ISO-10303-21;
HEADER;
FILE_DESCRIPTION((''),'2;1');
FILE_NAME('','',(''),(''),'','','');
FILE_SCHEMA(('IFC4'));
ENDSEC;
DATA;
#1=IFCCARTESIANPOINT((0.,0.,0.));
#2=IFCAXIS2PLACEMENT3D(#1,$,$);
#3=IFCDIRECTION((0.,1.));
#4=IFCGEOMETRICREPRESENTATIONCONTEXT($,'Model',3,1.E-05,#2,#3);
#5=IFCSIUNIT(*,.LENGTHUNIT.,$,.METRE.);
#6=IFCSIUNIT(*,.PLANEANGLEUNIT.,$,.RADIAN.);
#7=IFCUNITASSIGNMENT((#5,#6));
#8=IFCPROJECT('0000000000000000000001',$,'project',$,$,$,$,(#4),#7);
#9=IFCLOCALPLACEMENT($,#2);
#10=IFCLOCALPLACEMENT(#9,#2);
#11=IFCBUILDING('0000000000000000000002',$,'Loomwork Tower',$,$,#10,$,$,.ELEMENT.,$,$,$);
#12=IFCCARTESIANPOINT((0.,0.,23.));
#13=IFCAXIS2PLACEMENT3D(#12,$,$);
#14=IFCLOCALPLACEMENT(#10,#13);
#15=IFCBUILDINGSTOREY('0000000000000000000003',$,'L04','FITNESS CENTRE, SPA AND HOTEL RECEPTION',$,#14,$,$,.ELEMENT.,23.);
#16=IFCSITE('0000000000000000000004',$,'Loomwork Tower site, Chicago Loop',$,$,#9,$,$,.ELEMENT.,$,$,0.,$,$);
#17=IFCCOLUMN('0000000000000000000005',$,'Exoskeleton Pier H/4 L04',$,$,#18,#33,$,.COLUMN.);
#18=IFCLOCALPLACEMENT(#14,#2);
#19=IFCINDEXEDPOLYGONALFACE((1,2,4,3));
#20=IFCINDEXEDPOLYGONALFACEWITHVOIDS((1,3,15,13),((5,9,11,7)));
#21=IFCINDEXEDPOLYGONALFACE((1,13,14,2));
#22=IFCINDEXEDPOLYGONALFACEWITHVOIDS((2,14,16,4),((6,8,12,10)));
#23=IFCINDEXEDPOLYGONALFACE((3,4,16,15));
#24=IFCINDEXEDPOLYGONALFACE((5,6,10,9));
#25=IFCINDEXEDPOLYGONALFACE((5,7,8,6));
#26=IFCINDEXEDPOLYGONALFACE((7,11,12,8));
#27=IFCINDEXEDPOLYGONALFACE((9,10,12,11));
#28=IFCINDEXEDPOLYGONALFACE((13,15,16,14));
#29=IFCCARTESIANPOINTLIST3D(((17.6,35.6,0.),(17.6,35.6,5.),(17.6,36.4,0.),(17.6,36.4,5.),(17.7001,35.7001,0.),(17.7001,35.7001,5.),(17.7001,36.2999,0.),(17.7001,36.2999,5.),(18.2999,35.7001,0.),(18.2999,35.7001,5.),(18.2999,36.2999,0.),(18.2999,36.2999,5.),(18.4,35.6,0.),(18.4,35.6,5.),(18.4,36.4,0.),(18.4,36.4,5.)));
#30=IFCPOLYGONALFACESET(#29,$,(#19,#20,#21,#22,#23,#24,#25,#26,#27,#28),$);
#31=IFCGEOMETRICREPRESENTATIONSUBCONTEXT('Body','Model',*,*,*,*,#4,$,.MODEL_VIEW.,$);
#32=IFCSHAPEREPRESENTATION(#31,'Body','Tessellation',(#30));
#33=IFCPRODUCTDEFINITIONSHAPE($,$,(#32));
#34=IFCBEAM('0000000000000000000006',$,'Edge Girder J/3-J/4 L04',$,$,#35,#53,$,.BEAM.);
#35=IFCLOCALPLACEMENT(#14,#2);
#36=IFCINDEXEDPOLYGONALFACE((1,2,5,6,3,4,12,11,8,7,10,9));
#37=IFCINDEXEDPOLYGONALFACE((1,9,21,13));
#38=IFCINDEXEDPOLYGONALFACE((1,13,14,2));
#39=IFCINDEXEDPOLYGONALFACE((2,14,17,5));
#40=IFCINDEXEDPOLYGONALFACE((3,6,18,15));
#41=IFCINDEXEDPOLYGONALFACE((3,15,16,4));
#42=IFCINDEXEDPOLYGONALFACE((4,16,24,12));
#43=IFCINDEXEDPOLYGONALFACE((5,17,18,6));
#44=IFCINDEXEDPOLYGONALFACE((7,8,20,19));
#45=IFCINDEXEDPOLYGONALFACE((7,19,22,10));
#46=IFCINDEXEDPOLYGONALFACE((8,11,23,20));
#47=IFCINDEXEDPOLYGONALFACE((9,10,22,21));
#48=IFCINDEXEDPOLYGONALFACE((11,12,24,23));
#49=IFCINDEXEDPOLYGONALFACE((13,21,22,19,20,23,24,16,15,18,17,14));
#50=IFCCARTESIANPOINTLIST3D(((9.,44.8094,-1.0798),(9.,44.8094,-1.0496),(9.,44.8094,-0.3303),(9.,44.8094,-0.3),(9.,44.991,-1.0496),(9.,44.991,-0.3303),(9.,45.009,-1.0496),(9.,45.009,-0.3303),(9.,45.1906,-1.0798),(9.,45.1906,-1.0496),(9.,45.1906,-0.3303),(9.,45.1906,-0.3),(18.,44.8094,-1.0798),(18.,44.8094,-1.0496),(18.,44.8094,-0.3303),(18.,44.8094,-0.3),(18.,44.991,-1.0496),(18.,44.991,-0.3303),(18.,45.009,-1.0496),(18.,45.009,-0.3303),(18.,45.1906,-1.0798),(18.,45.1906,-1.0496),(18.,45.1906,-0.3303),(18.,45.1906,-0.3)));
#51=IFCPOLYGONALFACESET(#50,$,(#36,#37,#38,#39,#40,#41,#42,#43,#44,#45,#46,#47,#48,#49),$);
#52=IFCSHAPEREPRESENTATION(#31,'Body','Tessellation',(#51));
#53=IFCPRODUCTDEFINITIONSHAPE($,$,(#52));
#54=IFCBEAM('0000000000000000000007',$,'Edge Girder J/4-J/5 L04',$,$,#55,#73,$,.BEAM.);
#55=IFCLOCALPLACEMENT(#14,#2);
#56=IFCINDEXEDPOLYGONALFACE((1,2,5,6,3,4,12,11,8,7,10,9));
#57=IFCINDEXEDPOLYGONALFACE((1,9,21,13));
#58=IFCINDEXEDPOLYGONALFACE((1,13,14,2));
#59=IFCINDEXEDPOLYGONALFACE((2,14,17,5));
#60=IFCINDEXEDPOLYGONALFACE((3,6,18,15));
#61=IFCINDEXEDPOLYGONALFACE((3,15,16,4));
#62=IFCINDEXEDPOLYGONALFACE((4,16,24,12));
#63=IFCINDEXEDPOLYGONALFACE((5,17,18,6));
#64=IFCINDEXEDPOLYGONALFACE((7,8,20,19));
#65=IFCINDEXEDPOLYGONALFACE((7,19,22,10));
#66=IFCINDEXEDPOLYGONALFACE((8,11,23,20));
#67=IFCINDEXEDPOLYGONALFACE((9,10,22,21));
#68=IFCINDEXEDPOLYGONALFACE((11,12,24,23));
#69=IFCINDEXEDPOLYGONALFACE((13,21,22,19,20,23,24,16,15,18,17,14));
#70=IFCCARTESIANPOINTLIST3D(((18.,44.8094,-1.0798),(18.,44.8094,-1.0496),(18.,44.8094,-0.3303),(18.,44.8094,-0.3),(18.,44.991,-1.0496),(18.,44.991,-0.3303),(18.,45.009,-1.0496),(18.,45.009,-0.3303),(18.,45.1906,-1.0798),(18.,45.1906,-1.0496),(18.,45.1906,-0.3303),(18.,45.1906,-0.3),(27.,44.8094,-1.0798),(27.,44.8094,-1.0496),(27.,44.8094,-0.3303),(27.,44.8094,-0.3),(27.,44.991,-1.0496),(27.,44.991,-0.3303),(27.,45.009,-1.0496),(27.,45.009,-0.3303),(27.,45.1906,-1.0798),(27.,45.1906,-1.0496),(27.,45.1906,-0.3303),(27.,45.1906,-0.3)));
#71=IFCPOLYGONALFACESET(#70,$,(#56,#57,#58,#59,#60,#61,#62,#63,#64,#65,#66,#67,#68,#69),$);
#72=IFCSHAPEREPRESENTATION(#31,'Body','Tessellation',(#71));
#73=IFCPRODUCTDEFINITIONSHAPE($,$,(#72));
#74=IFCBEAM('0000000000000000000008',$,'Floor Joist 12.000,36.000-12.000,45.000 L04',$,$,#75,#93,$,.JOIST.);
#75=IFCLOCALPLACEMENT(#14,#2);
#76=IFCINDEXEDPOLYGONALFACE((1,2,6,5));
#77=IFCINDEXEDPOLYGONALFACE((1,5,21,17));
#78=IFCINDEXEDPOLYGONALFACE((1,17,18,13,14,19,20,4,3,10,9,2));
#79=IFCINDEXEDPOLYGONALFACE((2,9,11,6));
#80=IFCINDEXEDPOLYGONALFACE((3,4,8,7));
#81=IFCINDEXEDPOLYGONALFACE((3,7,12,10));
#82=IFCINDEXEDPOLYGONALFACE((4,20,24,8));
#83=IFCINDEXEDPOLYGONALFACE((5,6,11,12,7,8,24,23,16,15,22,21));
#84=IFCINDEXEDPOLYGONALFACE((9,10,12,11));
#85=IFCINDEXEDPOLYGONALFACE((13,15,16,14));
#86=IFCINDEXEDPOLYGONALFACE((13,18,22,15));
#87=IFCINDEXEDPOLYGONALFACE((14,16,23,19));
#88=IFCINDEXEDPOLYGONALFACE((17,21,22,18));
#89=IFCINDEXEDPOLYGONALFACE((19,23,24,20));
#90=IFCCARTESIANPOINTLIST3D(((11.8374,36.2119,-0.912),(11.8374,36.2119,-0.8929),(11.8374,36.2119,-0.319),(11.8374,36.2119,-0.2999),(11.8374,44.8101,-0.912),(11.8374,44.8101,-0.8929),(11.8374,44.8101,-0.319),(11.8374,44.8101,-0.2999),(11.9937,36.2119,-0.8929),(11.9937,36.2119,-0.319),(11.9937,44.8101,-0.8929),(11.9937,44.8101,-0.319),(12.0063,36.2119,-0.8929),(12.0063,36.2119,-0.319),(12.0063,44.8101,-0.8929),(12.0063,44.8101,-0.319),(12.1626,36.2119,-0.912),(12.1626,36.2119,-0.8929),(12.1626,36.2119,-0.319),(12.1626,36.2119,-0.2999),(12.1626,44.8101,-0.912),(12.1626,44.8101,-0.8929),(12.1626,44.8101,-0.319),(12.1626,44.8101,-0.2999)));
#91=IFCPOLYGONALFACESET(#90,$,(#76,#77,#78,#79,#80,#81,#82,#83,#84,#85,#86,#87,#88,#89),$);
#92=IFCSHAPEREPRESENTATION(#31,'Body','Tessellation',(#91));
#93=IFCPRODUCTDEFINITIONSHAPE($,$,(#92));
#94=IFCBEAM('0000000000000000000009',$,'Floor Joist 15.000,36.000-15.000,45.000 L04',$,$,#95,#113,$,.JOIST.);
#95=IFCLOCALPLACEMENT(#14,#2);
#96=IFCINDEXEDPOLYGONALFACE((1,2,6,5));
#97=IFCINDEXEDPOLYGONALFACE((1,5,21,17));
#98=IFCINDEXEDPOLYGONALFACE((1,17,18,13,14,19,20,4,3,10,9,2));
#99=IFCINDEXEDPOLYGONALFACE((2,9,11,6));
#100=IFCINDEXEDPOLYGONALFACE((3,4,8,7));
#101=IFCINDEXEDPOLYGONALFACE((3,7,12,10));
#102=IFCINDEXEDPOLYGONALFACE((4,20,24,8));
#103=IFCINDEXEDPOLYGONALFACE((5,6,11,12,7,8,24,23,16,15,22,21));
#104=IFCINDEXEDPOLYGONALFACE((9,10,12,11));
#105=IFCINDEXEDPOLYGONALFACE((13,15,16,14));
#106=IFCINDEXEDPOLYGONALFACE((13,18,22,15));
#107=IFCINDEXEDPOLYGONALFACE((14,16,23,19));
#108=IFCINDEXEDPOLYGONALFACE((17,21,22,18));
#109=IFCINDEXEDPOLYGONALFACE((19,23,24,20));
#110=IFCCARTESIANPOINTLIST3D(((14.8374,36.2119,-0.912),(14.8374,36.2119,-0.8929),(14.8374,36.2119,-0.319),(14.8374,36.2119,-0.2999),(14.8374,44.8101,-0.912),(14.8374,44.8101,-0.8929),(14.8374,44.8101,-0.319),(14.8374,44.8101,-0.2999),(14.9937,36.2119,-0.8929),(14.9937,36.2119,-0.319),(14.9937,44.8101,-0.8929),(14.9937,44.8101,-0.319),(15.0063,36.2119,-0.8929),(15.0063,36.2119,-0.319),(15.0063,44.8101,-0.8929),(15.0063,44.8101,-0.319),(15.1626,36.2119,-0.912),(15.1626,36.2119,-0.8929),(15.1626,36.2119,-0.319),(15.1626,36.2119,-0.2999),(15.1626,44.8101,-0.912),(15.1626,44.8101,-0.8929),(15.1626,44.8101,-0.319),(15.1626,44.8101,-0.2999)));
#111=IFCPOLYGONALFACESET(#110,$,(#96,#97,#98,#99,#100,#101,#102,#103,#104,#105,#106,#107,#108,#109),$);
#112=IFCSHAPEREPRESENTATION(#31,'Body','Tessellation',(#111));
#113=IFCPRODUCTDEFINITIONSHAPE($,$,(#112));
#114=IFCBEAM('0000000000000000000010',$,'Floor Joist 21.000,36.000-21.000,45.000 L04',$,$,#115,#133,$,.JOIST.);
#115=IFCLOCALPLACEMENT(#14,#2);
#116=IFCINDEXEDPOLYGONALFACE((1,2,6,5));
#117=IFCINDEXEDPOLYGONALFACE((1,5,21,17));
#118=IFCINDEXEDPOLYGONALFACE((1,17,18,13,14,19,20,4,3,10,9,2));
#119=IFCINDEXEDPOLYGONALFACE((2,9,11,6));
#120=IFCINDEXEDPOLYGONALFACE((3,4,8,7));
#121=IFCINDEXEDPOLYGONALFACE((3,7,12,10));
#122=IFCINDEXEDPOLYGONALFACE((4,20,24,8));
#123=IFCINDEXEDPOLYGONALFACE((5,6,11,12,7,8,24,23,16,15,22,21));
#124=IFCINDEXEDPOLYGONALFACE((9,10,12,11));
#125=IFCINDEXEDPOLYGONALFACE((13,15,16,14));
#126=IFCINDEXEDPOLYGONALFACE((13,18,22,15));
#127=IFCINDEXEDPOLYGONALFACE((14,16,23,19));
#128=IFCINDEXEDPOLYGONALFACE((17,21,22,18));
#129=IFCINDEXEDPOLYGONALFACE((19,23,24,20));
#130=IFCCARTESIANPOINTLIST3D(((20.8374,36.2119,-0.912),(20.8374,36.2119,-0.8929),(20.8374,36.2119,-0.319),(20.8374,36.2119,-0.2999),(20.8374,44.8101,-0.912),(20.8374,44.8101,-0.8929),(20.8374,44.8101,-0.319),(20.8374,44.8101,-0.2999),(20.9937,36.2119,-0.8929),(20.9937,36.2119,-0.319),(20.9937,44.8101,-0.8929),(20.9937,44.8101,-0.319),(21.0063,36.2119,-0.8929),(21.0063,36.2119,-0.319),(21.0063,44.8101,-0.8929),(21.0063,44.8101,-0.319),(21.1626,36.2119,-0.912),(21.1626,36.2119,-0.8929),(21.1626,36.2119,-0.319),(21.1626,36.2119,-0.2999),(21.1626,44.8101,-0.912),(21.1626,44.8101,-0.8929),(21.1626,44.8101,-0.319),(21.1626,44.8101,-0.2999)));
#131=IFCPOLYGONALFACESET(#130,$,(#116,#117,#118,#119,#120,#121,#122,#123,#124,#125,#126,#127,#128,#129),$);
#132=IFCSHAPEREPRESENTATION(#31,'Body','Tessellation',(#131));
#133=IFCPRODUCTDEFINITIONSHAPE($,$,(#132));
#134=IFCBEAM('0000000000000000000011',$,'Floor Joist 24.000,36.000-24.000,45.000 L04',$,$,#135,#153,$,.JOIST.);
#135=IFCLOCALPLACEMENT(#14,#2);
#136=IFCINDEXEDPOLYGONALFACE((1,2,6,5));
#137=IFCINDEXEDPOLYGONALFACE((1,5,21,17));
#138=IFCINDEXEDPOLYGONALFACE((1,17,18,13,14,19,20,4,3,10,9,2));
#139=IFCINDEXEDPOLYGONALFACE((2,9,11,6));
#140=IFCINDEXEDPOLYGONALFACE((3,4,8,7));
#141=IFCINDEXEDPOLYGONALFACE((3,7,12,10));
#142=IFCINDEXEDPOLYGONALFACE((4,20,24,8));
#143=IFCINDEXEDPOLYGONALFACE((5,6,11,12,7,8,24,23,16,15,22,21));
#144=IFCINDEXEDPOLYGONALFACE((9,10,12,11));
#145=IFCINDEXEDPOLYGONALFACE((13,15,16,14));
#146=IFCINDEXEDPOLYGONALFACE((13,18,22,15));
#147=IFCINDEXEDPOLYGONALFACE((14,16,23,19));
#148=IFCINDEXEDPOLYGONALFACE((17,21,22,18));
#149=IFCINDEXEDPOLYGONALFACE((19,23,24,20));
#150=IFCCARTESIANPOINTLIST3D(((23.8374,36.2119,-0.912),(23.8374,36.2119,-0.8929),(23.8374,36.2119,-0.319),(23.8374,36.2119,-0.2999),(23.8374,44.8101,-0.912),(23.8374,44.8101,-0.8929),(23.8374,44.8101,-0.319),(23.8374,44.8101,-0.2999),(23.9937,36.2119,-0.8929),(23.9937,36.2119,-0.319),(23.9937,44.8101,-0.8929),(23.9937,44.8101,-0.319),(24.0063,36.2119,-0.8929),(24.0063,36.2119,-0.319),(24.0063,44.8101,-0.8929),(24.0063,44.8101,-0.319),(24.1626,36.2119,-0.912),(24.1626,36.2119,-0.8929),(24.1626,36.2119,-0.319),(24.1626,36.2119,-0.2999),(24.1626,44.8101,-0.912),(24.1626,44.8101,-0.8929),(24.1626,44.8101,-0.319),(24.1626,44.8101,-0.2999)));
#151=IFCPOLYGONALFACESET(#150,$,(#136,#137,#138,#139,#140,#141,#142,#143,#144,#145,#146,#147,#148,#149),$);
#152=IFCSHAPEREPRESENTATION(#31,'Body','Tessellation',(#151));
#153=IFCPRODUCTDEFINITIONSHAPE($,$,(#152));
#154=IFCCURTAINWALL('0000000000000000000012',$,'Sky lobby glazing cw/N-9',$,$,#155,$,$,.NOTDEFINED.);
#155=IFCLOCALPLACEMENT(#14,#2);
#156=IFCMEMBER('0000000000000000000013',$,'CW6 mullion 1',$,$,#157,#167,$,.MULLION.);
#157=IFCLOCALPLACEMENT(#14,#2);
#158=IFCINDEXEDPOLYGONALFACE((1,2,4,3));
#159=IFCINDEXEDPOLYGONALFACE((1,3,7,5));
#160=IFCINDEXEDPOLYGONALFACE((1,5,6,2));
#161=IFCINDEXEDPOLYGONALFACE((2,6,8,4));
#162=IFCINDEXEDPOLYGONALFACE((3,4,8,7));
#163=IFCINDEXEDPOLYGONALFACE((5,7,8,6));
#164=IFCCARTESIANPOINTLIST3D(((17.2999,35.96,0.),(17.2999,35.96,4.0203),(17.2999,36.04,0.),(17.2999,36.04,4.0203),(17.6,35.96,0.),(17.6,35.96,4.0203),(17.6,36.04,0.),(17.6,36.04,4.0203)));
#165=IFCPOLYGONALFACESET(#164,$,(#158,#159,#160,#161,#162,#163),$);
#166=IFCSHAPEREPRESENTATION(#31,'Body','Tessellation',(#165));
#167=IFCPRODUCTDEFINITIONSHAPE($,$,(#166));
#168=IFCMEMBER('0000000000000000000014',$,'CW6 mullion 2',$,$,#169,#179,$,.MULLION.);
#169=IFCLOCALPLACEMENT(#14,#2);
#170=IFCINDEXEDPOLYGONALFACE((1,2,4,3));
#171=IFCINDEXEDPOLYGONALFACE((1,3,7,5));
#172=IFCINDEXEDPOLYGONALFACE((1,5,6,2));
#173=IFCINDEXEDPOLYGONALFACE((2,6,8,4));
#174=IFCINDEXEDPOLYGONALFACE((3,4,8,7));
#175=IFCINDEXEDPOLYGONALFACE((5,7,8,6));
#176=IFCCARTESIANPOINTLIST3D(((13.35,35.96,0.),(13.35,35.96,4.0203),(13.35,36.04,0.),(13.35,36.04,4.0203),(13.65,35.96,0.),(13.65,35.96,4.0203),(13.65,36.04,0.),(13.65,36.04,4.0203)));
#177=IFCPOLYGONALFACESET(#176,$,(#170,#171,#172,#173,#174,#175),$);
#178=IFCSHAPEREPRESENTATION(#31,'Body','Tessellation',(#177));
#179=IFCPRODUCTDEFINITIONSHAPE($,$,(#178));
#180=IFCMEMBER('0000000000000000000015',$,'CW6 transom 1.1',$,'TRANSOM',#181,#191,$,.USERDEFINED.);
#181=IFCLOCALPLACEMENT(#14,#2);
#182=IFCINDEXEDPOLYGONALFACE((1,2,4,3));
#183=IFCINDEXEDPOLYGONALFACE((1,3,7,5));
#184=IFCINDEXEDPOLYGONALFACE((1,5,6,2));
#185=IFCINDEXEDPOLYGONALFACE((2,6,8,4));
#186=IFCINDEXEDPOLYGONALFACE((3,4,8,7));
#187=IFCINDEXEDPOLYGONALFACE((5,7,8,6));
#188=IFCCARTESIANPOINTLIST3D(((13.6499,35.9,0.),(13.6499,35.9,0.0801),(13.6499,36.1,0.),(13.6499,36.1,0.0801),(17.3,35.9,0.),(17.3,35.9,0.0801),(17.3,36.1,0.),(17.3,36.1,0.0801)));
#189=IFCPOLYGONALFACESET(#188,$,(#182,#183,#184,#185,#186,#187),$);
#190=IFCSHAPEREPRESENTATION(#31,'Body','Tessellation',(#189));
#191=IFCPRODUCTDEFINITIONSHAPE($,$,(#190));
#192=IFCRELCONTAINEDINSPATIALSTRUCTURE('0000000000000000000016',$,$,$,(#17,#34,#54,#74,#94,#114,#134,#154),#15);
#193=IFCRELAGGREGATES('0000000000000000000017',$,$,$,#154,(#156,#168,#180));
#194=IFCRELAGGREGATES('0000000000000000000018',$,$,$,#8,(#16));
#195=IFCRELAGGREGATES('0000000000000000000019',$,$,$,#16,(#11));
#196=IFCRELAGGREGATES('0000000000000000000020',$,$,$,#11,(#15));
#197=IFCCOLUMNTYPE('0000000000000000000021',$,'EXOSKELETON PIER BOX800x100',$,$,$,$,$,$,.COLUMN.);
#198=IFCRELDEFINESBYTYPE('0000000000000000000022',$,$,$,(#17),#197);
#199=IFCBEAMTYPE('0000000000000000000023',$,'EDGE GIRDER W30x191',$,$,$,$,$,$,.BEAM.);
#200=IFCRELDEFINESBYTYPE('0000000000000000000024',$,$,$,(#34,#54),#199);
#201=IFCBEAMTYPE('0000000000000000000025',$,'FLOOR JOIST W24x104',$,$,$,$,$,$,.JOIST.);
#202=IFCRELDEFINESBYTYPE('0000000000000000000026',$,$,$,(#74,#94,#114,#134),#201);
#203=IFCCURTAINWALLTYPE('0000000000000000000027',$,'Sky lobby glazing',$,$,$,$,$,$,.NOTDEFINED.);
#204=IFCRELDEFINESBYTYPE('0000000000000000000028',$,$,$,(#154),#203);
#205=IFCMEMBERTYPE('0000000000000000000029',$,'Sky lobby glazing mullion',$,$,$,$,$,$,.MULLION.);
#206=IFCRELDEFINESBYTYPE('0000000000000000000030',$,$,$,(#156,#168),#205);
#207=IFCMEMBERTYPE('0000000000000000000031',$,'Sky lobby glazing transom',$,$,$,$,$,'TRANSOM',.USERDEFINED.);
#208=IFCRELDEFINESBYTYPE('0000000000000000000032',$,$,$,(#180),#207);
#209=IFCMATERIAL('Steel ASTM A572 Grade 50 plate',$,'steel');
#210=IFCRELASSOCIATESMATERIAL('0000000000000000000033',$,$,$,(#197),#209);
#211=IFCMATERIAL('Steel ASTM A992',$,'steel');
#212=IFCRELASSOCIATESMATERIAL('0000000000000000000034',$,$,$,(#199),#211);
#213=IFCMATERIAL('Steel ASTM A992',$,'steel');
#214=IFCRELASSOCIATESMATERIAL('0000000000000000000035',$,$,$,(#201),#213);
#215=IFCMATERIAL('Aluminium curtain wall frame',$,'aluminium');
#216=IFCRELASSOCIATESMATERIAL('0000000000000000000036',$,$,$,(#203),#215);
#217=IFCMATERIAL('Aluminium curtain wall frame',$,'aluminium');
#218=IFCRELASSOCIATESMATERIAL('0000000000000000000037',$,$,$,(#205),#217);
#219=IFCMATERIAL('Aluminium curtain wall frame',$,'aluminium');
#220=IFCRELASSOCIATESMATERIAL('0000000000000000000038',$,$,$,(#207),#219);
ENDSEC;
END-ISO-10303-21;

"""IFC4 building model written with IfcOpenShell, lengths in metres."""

from ifc_helpers import new_model, si_unit, direction, frame, origin, origin_2d, place, context, subcontext, project, spatial, rectangle, hollow_rectangle, i_section, extrude, material, material_profile, profile_set, type_object, element, aggregate, save


model = new_model("IFC4")

# Units and contexts
model_context = context("Model", 3, precision=1e-05, world=origin(), true_north=direction((0.0, 1.0)))
body_context = subcontext(model_context, "Body", "Model", "MODEL_VIEW")
ifc_project = project(units=[si_unit("LENGTHUNIT", "METRE"), si_unit("PLANEANGLEUNIT", "RADIAN")], contexts=[model_context])

# Site, building, storey
site_placement = place(None, origin())
site = spatial("IfcSite", under=ifc_project, at=site_placement, Name="Loomwork Tower site, Chicago Loop", CompositionType="ELEMENT", RefElevation=0.0)
building_placement = place(site_placement, origin())
building = spatial("IfcBuilding", under=site, at=building_placement, Name="Loomwork Tower", CompositionType="ELEMENT")
storey_placement = place(building_placement, frame((0.0, 0.0, 23.0)))
storey = spatial("IfcBuildingStorey", under=building, at=storey_placement, Name="L04", Description="FITNESS CENTRE, SPA AND HOTEL RECEPTION", CompositionType="ELEMENT", Elevation=23.0)

# Column
ifc_material_1 = material(Name="Steel ASTM A572 Grade 50 plate", Category="steel")
ifc_material_profile_1 = material_profile(ifc_material_1, hollow_rectangle(XDim=0.8, YDim=0.8, WallThickness=0.1001, at=origin_2d()), Name="BOX800x100")
ifc_profile_set_1 = profile_set([ifc_material_profile_1], Name="Steel ASTM A572 Grade 50 plate")
column_type = type_object("IfcColumnType", Name="EXOSKELETON PIER BOX800x100", PredefinedType="COLUMN", material=ifc_profile_set_1)
column_placement = place(storey_placement, frame((18.0, 36.0, 0.0), z_axis=(0.0, 0.0, 1.0), x_axis=(1.0, 0.0, 0.0)))
element("IfcColumn", 1, at=column_placement, inside=storey, type_object=column_type, Name="Exoskeleton Pier H/4 L04", PredefinedType="COLUMN", context=body_context, shape_type="SweptSolid", body=[
    extrude(hollow_rectangle(XDim=0.8, YDim=0.8, WallThickness=0.1001, at=origin_2d()), origin(), (0.0, 0.0, 1.0), 5.0),
])

# Beams
ifc_material_2 = material(Name="Steel ASTM A992", Category="steel")
ifc_material_profile_2 = material_profile(ifc_material_2, i_section(OverallWidth=0.3811, OverallDepth=0.7798, WebThickness=0.0181, FlangeThickness=0.0303, at=origin_2d()), Name="W30x191")
ifc_profile_set_2 = profile_set([ifc_material_profile_2], Name="Steel ASTM A992")
beam_type_1 = type_object("IfcBeamType", Name="EDGE GIRDER W30x191", PredefinedType="BEAM", material=ifc_profile_set_2)
for number, where, z_axis, x_axis, name in (
    (2, (9.0, 45.0, -0.6899), (1.0, 0.0, 0.0), (0.0, 1.0, 0.0), "Edge Girder J/3-J/4 L04"),
    (3, (18.0, 45.0, -0.6899), (1.0, 0.0, 0.0), (0.0, 1.0, 0.0), "Edge Girder J/4-J/5 L04"),
):
    element("IfcBeam", number, at=place(storey_placement, frame(where, z_axis=z_axis, x_axis=x_axis)), inside=storey, type_object=beam_type_1, Name=name, PredefinedType="BEAM", context=body_context, shape_type="SweptSolid", body=[
        extrude(i_section(OverallWidth=0.3811, OverallDepth=0.7798, WebThickness=0.0181, FlangeThickness=0.0303, at=origin_2d()), origin(), (0.0, 0.0, 1.0), 9.0),
    ])
ifc_material_3 = material(Name="Steel ASTM A992", Category="steel")
ifc_material_profile_3 = material_profile(ifc_material_3, i_section(OverallWidth=0.3252, OverallDepth=0.6121, WebThickness=0.0127, FlangeThickness=0.019, at=origin_2d()), Name="W24x104")
ifc_profile_set_3 = profile_set([ifc_material_profile_3], Name="Steel ASTM A992")
beam_type_2 = type_object("IfcBeamType", Name="FLOOR JOIST W24x104", PredefinedType="JOIST", material=ifc_profile_set_3)
for number, where, z_axis, x_axis, name in (
    (4, (12.0, 36.2119, -0.606), (0.0, 1.0, 0.0), (-1.0, 0.0, 0.0), "Floor Joist 12.000,36.000-12.000,45.000 L04"),
    (5, (15.0, 36.2119, -0.606), (0.0, 1.0, 0.0), (-1.0, 0.0, 0.0), "Floor Joist 15.000,36.000-15.000,45.000 L04"),
    (6, (21.0, 36.2119, -0.606), (0.0, 1.0, 0.0), (-1.0, 0.0, 0.0), "Floor Joist 21.000,36.000-21.000,45.000 L04"),
    (7, (24.0, 36.2119, -0.606), (0.0, 1.0, 0.0), (-1.0, 0.0, 0.0), "Floor Joist 24.000,36.000-24.000,45.000 L04"),
):
    element("IfcBeam", number, at=place(storey_placement, frame(where, z_axis=z_axis, x_axis=x_axis)), inside=storey, type_object=beam_type_2, Name=name, PredefinedType="JOIST", context=body_context, shape_type="SweptSolid", body=[
        extrude(i_section(OverallWidth=0.3252, OverallDepth=0.6121, WebThickness=0.0127, FlangeThickness=0.019, at=origin_2d()), origin(), (0.0, 0.0, 1.0), 8.5981),
    ])

# Curtain wall, members
ifc_material_4 = material(Name="Aluminium curtain wall frame", Category="aluminium")
curtain_wall_type = type_object("IfcCurtainWallType", Name="Sky lobby glazing", PredefinedType="NOTDEFINED", material=ifc_material_4)
curtain_wall_placement = place(storey_placement, origin())
curtain_wall = element("IfcCurtainWall", 8, at=curtain_wall_placement, inside=storey, type_object=curtain_wall_type, Name="Sky lobby glazing cw/N-9", PredefinedType="NOTDEFINED")
ifc_material_5 = material(Name="Aluminium curtain wall frame", Category="aluminium")
ifc_material_profile_4 = material_profile(ifc_material_5, rectangle(XDim=0.0801, YDim=0.3, at=origin_2d()), Name="AL 80x300")
ifc_profile_set_4 = profile_set([ifc_material_profile_4], Name="Aluminium curtain wall frame")
member_type_1 = type_object("IfcMemberType", Name="Sky lobby glazing mullion", PredefinedType="MULLION", material=ifc_profile_set_4)
member_1_placement = place(storey_placement, frame((17.45, 36.0, 0.0), z_axis=(0.0, 0.0, 1.0), x_axis=(0.0, -1.0, 0.0)))
member_1 = element("IfcMember", 9, at=member_1_placement, type_object=member_type_1, Name="CW6 mullion 1", PredefinedType="MULLION", context=body_context, shape_type="SweptSolid", body=[
    extrude(rectangle(XDim=0.0801, YDim=0.3, at=origin_2d()), origin(), (0.0, 0.0, 1.0), 4.0203),
])
member_2_placement = place(storey_placement, frame((13.5, 36.0, 0.0), z_axis=(0.0, 0.0, 1.0), x_axis=(0.0, -1.0, 0.0)))
member_2 = element("IfcMember", 10, at=member_2_placement, type_object=member_type_1, Name="CW6 mullion 2", PredefinedType="MULLION", context=body_context, shape_type="SweptSolid", body=[
    extrude(rectangle(XDim=0.0801, YDim=0.3, at=origin_2d()), origin(), (0.0, 0.0, 1.0), 4.0203),
])
ifc_material_6 = material(Name="Aluminium curtain wall frame", Category="aluminium")
ifc_material_profile_5 = material_profile(ifc_material_6, rectangle(XDim=0.2, YDim=0.0801, at=origin_2d()), Name="AL 80x200")
ifc_profile_set_5 = profile_set([ifc_material_profile_5], Name="Aluminium curtain wall frame")
member_type_2 = type_object("IfcMemberType", Name="Sky lobby glazing transom", ElementType="TRANSOM", PredefinedType="USERDEFINED", material=ifc_profile_set_5)
member_3_placement = place(storey_placement, frame((17.3, 36.0, 0.04), z_axis=(-1.0, 0.0, 0.0), x_axis=(0.0, -1.0, 0.0)))
member_3 = element("IfcMember", 11, at=member_3_placement, type_object=member_type_2, Name="CW6 transom 1.1", ObjectType="TRANSOM", PredefinedType="USERDEFINED", context=body_context, shape_type="SweptSolid", body=[
    extrude(rectangle(XDim=0.2, YDim=0.0801, at=origin_2d()), origin(), (0.0, 0.0, 1.0), 3.6501),
])

aggregate(curtain_wall, [member_1, member_2, member_3])

save(model, "model.ifc")
